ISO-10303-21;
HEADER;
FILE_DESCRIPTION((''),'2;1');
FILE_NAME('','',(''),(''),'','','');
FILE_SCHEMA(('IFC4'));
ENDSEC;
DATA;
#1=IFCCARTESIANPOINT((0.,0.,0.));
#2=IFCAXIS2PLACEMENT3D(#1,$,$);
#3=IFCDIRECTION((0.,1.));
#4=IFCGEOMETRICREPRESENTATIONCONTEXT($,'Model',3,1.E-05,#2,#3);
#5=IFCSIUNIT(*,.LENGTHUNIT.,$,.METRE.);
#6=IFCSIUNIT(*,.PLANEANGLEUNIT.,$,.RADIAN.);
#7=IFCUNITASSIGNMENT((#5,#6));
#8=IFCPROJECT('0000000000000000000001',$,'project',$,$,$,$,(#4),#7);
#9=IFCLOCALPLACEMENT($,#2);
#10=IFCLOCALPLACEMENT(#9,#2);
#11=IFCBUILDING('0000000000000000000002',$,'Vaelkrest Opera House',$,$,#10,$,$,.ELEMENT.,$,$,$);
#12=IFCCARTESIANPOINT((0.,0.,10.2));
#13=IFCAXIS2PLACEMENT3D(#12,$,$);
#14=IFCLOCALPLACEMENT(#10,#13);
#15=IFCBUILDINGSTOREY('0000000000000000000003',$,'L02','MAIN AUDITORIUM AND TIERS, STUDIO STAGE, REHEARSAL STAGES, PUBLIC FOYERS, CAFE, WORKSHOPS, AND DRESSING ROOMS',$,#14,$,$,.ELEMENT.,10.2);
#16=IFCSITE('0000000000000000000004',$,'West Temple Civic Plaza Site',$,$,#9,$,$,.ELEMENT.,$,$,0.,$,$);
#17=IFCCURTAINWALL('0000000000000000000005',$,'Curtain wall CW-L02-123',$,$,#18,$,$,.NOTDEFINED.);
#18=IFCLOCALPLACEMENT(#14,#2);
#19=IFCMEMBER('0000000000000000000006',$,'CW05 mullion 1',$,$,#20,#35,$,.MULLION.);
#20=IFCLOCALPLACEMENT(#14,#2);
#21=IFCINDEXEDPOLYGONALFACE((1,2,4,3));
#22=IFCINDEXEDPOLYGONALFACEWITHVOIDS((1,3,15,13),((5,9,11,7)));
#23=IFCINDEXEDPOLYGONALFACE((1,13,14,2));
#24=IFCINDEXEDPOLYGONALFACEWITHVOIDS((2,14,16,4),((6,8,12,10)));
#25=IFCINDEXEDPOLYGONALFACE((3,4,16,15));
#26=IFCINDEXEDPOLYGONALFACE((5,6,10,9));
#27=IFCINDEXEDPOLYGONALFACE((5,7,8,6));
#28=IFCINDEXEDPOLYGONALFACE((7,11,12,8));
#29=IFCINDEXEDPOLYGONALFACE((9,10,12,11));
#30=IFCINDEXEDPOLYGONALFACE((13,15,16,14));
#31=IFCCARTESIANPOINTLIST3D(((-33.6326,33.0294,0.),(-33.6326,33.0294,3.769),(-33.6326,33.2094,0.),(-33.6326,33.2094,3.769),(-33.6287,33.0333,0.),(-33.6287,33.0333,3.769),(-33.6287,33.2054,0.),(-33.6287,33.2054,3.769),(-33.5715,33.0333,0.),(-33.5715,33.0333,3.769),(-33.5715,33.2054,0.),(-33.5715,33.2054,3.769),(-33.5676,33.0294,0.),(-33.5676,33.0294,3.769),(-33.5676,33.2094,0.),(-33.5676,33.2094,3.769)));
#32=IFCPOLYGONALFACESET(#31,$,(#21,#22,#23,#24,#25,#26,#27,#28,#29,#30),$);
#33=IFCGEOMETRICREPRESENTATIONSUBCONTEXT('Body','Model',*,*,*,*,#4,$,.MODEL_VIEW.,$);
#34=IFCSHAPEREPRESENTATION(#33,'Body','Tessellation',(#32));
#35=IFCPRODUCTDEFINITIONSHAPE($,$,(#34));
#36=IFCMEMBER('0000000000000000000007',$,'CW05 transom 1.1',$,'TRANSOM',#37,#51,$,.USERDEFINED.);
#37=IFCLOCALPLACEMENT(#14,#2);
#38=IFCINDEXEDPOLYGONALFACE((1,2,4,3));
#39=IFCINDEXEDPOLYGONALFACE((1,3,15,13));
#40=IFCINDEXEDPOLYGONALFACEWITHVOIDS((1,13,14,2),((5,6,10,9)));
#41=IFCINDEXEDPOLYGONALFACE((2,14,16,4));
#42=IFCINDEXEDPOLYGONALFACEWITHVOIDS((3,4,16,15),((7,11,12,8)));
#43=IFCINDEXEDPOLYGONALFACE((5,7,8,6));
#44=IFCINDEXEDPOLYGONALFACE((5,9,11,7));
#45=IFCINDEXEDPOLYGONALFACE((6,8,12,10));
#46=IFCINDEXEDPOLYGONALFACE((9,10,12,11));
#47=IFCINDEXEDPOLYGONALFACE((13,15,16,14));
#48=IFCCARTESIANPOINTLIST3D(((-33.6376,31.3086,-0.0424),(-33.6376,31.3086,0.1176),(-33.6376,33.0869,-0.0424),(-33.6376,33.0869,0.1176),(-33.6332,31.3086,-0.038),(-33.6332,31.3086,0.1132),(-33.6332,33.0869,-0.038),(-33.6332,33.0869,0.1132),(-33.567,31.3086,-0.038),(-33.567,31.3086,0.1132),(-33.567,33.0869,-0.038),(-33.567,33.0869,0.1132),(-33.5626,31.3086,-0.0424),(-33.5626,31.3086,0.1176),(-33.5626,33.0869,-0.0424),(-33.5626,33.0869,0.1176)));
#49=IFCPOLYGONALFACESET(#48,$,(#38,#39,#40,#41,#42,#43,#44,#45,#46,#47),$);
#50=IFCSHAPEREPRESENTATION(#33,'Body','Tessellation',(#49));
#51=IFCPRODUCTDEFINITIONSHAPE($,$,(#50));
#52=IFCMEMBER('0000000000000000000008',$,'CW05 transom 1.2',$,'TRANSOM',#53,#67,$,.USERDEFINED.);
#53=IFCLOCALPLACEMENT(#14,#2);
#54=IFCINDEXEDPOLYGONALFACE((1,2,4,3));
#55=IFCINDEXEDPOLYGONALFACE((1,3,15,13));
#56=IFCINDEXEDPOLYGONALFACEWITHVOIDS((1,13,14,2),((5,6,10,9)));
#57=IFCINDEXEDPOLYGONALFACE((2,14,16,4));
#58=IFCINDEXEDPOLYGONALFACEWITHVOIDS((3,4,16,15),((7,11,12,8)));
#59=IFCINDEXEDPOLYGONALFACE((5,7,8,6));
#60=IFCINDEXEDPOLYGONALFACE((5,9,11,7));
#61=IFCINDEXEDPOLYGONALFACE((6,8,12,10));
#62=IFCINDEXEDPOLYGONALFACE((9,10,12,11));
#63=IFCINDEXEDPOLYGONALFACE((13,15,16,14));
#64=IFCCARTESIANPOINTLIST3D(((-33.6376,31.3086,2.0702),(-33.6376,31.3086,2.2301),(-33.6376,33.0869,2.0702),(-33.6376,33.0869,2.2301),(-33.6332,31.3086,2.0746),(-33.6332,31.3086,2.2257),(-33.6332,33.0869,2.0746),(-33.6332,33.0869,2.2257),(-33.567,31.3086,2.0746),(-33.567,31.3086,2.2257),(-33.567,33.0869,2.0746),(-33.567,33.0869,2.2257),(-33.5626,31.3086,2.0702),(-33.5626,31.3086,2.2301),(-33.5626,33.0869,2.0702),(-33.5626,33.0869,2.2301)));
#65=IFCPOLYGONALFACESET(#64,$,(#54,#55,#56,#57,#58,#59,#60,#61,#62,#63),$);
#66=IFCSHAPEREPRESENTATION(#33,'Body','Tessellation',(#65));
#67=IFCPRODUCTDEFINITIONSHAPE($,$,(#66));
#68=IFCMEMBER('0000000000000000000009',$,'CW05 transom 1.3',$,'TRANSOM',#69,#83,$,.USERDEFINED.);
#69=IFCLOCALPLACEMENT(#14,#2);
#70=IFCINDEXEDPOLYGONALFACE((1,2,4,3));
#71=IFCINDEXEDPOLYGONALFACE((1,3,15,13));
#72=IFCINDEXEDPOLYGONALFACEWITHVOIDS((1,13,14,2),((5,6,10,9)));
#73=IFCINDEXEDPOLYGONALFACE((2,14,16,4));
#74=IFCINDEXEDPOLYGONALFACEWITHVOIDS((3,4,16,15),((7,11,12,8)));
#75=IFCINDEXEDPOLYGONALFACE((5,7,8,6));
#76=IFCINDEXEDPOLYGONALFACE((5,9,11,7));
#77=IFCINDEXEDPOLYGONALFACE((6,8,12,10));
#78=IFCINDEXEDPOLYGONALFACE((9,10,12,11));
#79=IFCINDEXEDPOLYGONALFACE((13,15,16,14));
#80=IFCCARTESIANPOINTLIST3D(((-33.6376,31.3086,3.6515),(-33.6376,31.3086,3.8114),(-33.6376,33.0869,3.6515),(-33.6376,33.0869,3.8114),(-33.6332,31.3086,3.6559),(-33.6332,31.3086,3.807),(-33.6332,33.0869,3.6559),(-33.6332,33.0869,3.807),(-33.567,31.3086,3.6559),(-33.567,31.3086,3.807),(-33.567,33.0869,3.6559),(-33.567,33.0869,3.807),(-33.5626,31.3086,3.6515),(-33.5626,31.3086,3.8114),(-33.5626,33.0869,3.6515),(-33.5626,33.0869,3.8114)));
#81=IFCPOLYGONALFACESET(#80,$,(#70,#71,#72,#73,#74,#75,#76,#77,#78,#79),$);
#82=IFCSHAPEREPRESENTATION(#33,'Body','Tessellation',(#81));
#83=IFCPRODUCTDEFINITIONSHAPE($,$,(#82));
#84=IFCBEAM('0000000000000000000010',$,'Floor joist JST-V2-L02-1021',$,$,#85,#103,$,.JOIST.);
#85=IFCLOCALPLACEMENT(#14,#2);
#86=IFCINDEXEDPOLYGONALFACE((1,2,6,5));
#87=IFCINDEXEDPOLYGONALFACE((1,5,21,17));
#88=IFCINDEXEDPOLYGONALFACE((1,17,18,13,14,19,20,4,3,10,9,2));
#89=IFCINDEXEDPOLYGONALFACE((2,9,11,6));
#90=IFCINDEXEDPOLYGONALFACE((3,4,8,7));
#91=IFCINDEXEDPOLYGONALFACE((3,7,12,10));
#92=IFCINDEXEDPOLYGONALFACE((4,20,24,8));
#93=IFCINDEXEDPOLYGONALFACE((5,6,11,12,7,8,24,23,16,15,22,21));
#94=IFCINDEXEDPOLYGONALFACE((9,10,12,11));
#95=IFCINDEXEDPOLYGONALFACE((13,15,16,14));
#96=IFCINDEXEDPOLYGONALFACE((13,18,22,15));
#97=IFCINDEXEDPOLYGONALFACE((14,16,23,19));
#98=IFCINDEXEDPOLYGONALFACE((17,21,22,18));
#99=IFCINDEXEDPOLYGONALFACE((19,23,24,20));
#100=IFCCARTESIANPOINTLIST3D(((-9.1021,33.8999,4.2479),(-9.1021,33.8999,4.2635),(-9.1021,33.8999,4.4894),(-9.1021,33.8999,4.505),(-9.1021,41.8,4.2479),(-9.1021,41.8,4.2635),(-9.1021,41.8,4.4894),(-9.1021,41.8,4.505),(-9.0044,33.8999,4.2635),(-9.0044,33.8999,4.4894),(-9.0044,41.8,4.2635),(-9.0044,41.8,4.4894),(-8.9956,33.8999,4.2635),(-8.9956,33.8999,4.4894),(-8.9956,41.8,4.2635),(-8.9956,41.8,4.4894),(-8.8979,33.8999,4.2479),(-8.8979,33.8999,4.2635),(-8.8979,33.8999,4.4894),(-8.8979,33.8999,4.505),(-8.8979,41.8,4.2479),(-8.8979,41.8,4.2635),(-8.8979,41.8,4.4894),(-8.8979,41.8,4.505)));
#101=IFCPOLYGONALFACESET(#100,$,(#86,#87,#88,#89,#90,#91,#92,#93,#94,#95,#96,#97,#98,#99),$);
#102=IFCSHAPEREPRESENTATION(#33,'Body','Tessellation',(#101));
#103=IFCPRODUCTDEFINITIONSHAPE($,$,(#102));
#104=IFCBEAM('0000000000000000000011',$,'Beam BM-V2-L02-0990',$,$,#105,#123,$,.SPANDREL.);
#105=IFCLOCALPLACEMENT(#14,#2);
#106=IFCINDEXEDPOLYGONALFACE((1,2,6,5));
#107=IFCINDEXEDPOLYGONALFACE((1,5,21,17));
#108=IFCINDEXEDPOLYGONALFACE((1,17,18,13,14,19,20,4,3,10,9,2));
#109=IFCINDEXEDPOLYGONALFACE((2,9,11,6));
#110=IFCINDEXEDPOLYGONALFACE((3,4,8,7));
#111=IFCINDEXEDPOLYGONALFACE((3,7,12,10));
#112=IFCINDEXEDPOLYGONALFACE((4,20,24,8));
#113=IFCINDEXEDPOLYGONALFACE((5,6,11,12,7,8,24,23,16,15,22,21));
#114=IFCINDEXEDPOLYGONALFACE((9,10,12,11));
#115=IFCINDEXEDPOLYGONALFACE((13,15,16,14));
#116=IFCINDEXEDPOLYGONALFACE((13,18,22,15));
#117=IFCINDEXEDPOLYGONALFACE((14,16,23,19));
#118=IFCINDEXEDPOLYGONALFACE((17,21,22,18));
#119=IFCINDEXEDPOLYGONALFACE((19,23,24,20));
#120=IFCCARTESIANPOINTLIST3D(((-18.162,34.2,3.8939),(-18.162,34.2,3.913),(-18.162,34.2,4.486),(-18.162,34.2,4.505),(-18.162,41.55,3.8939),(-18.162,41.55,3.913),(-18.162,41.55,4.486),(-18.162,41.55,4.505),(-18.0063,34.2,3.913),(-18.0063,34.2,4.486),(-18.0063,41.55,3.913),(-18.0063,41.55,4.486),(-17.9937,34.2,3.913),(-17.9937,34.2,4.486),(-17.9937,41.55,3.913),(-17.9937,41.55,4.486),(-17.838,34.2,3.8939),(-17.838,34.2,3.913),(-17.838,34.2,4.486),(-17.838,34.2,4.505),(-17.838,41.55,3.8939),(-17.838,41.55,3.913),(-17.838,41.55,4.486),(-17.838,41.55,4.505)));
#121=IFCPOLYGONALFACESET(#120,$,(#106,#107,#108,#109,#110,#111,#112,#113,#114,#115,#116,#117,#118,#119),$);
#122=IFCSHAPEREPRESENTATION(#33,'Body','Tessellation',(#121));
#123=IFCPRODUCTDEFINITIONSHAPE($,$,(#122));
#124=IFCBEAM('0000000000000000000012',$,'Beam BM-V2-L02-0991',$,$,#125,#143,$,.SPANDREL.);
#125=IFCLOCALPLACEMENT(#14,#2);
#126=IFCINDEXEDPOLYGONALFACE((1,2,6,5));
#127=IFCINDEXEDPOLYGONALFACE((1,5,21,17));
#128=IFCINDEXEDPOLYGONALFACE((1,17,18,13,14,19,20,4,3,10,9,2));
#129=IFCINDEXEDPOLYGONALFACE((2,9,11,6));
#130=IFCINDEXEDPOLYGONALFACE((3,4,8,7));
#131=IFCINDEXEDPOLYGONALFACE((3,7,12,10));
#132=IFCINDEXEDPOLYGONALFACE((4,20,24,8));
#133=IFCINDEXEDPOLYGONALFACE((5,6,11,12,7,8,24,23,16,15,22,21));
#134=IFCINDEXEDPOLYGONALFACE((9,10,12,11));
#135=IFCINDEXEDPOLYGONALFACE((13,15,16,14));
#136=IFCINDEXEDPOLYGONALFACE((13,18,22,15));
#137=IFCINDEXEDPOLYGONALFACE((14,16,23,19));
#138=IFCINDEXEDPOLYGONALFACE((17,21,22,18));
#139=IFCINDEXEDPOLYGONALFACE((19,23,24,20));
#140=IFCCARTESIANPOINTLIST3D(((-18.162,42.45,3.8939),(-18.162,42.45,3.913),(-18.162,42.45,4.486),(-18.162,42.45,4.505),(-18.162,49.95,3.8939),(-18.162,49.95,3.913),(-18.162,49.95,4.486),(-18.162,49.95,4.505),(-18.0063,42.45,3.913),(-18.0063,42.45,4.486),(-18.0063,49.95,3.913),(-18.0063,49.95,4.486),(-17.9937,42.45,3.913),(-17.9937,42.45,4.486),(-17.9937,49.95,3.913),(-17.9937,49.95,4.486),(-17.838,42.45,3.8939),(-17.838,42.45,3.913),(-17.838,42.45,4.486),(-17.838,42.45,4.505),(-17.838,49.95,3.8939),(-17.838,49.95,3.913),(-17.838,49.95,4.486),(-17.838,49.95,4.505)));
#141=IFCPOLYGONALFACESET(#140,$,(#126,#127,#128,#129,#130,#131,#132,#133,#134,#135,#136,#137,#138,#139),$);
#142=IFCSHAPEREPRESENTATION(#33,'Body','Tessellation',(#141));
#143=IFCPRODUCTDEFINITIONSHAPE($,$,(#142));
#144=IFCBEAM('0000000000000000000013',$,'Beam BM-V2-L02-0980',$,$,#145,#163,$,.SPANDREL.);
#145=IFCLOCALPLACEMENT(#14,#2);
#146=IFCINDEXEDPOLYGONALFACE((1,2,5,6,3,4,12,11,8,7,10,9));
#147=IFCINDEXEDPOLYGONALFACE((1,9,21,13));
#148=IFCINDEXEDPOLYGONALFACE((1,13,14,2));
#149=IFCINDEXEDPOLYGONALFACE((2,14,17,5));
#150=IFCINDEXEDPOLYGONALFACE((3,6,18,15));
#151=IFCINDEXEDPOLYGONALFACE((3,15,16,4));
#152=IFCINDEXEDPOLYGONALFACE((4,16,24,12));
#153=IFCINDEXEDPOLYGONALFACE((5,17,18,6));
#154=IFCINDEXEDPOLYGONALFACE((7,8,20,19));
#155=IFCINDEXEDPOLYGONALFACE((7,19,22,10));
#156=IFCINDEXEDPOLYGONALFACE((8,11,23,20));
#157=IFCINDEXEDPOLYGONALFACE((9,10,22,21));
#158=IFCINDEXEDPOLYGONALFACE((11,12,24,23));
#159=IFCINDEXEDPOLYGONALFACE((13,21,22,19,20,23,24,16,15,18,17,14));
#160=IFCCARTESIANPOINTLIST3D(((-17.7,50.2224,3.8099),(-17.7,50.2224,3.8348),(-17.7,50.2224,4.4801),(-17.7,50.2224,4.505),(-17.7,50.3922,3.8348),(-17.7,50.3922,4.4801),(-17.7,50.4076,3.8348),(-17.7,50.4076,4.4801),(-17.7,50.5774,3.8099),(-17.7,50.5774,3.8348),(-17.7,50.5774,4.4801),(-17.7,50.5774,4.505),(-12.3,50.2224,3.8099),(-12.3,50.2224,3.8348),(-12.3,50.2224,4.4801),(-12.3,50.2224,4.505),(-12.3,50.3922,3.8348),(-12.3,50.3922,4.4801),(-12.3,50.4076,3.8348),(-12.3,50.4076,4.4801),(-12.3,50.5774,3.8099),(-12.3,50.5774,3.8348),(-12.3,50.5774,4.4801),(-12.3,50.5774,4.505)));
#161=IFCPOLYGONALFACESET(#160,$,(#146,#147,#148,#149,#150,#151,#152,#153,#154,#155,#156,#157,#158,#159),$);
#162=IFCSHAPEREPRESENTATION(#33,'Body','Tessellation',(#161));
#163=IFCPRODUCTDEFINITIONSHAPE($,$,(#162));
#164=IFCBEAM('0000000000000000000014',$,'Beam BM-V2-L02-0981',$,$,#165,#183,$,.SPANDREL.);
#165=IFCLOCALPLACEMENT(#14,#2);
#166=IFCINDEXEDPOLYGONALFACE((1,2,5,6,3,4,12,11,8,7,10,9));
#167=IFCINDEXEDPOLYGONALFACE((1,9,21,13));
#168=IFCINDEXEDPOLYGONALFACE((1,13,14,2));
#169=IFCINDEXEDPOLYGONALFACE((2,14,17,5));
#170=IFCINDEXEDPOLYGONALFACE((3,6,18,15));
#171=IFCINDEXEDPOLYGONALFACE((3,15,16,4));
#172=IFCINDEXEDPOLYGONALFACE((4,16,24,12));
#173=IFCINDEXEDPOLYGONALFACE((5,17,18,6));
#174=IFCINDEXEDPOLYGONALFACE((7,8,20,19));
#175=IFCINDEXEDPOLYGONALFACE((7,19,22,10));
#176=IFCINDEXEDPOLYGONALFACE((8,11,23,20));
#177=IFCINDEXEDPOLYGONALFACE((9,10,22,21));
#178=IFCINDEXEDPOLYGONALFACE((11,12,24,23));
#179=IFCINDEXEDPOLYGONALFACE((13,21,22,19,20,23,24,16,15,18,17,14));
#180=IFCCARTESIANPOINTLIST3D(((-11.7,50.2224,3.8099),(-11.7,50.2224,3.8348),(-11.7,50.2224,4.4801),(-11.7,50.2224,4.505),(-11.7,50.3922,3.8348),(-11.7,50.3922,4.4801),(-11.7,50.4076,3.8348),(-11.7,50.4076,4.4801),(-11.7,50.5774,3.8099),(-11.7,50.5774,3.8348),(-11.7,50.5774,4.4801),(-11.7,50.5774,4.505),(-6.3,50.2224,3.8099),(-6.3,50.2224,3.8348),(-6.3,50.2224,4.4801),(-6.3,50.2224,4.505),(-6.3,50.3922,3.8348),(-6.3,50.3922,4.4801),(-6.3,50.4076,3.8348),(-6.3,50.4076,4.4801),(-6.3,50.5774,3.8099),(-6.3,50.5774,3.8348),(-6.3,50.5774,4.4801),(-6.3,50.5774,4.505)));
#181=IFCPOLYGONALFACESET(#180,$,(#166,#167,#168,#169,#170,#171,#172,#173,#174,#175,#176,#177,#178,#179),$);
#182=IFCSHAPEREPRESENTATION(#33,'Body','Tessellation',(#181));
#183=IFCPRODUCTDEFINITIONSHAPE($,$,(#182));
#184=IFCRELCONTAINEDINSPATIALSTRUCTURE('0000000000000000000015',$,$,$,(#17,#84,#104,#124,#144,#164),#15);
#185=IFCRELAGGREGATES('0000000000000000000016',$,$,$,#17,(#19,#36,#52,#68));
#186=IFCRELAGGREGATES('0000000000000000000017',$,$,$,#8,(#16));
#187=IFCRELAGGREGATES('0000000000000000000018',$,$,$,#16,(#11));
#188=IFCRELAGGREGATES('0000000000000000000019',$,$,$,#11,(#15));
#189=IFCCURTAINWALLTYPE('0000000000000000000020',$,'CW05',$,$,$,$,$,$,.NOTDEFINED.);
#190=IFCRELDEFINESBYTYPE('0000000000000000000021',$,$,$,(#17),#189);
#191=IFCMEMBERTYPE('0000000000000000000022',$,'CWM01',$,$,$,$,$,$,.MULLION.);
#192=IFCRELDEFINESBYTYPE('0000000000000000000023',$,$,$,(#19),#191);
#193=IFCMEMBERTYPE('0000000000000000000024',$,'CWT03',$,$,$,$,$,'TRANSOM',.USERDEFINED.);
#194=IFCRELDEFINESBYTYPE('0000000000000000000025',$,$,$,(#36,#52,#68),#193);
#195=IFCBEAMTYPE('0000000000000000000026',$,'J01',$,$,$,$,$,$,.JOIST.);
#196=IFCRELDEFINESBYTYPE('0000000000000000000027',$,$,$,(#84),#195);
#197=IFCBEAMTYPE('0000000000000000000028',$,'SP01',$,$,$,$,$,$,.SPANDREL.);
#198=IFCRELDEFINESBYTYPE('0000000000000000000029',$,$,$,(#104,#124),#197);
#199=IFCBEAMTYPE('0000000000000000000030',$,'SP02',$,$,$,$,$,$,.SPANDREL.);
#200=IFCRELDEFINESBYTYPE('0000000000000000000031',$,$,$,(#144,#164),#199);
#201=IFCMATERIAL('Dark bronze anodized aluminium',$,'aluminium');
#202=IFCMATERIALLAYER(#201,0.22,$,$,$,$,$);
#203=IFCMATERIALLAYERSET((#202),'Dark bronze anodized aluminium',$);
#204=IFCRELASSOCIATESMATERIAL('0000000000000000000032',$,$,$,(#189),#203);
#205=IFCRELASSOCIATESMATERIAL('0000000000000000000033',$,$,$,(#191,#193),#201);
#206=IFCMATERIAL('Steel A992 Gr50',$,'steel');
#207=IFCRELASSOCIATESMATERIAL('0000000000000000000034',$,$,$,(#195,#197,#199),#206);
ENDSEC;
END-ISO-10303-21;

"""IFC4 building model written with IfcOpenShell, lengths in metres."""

from ifc_helpers import new_model, si_unit, direction, frame, origin, origin_2d, place, context, subcontext, project, spatial, hollow_rectangle, i_section, extrude, material, layer, layer_set, material_profile, profile_set, type_object, element, aggregate, save


model = new_model("IFC4")

# Units and contexts
model_context = context("Model", 3, precision=1e-05, world=origin(), true_north=direction((0.0, 1.0)))
body_context = subcontext(model_context, "Body", "Model", "MODEL_VIEW")
ifc_project = project(units=[si_unit("LENGTHUNIT", "METRE"), si_unit("PLANEANGLEUNIT", "RADIAN")], contexts=[model_context])

# Site, building, storey
site_placement = place(None, origin())
site = spatial("IfcSite", under=ifc_project, at=site_placement, Name="West Temple Civic Plaza Site", CompositionType="ELEMENT", RefElevation=0.0)
building_placement = place(site_placement, origin())
building = spatial("IfcBuilding", under=site, at=building_placement, Name="Vaelkrest Opera House", CompositionType="ELEMENT")
storey_placement = place(building_placement, frame((0.0, 0.0, 10.2)))
storey = spatial("IfcBuildingStorey", under=building, at=storey_placement, Name="L02", Description="MAIN AUDITORIUM AND TIERS, STUDIO STAGE, REHEARSAL STAGES, PUBLIC FOYERS, CAFE, WORKSHOPS, AND DRESSING ROOMS", CompositionType="ELEMENT", Elevation=10.2)

# Shared definitions
ifc_material_1 = material(Name="Steel A992 Gr50", Category="steel")

# Curtain wall, members
ifc_material_2 = material(Name="Dark bronze anodized aluminium", Category="aluminium")
ifc_layer_1 = layer(ifc_material_2, 0.22)
ifc_layer_set_1 = layer_set([ifc_layer_1], Name="Dark bronze anodized aluminium")
curtain_wall_type = type_object("IfcCurtainWallType", Name="CW05", PredefinedType="NOTDEFINED", material=ifc_layer_set_1)
curtain_wall_placement = place(storey_placement, origin())
curtain_wall = element("IfcCurtainWall", 1, at=curtain_wall_placement, inside=storey, type_object=curtain_wall_type, Name="Curtain wall CW-L02-123", PredefinedType="NOTDEFINED")
ifc_material_profile_1 = material_profile(ifc_material_2, hollow_rectangle(XDim=0.0649, YDim=0.1799, WallThickness=0.0039, at=origin_2d()), Name="CWM65X180")
ifc_profile_set_1 = profile_set([ifc_material_profile_1], Name="Dark bronze anodized aluminium")
member_type_1 = type_object("IfcMemberType", Name="CWM01", PredefinedType="MULLION", material=ifc_profile_set_1)
member_1_placement = place(storey_placement, frame((-33.6001, 33.1194, 0.0), z_axis=(0.0, 0.0, 1.0), x_axis=(1.0, 0.0, 0.0)))
member_1 = element("IfcMember", 2, at=member_1_placement, type_object=member_type_1, Name="CW05 mullion 1", PredefinedType="MULLION", context=body_context, shape_type="SweptSolid", body=[
    extrude(hollow_rectangle(XDim=0.0649, YDim=0.1799, WallThickness=0.0039, at=origin_2d()), origin(), (0.0, 0.0, 1.0), 3.769),
])
ifc_material_profile_2 = material_profile(ifc_material_2, hollow_rectangle(XDim=0.075, YDim=0.1599, WallThickness=0.0044, at=origin_2d()), Name="CWT75X160")
ifc_profile_set_2 = profile_set([ifc_material_profile_2], Name="Dark bronze anodized aluminium")
member_type_2 = type_object("IfcMemberType", Name="CWT03", ElementType="TRANSOM", PredefinedType="USERDEFINED", material=ifc_profile_set_2)
member_2_placement = place(storey_placement, frame((-33.6001, 33.0869, 0.0376), z_axis=(0.0, -1.0, 0.0), x_axis=(1.0, 0.0, 0.0)))
member_2 = element("IfcMember", 3, at=member_2_placement, type_object=member_type_2, Name="CW05 transom 1.1", ObjectType="TRANSOM", PredefinedType="USERDEFINED", context=body_context, shape_type="SweptSolid", body=[
    extrude(hollow_rectangle(XDim=0.075, YDim=0.1599, WallThickness=0.0044, at=origin_2d()), origin(), (0.0, 0.0, 1.0), 1.7783),
])
member_3_placement = place(storey_placement, frame((-33.6001, 33.0869, 2.1501), z_axis=(0.0, -1.0, 0.0), x_axis=(1.0, 0.0, 0.0)))
member_3 = element("IfcMember", 4, at=member_3_placement, type_object=member_type_2, Name="CW05 transom 1.2", ObjectType="TRANSOM", PredefinedType="USERDEFINED", context=body_context, shape_type="SweptSolid", body=[
    extrude(hollow_rectangle(XDim=0.075, YDim=0.1599, WallThickness=0.0044, at=origin_2d()), origin(), (0.0, 0.0, 1.0), 1.7783),
])
member_4_placement = place(storey_placement, frame((-33.6001, 33.0869, 3.7314), z_axis=(0.0, -1.0, 0.0), x_axis=(1.0, 0.0, 0.0)))
member_4 = element("IfcMember", 5, at=member_4_placement, type_object=member_type_2, Name="CW05 transom 1.3", ObjectType="TRANSOM", PredefinedType="USERDEFINED", context=body_context, shape_type="SweptSolid", body=[
    extrude(hollow_rectangle(XDim=0.075, YDim=0.1599, WallThickness=0.0044, at=origin_2d()), origin(), (0.0, 0.0, 1.0), 1.7783),
])
aggregate(curtain_wall, [member_1, member_2, member_3, member_4])

# Beams
ifc_material_profile_3 = material_profile(ifc_material_1, i_section(OverallWidth=0.2041, OverallDepth=0.2571, WebThickness=0.0088, FlangeThickness=0.0156, at=origin_2d()), Name="W10X45")
ifc_profile_set_3 = profile_set([ifc_material_profile_3], Name="Steel A992 Gr50")
beam_type_1 = type_object("IfcBeamType", Name="J01", PredefinedType="JOIST", material=ifc_profile_set_3)
beam_1_placement = place(storey_placement, frame((-9.0, 33.8999, 4.3765), z_axis=(0.0, 1.0, 0.0), x_axis=(-1.0, 0.0, 0.0)))
element("IfcBeam", 6, at=beam_1_placement, inside=storey, type_object=beam_type_1, Name="Floor joist JST-V2-L02-1021", PredefinedType="JOIST", context=body_context, shape_type="SweptSolid", body=[
    extrude(i_section(OverallWidth=0.2041, OverallDepth=0.2571, WebThickness=0.0088, FlangeThickness=0.0156, at=origin_2d()), origin(), (0.0, 0.0, 1.0), 7.9001),
])
ifc_material_profile_4 = material_profile(ifc_material_1, i_section(OverallWidth=0.324, OverallDepth=0.6111, WebThickness=0.0127, FlangeThickness=0.019, at=origin_2d()), Name="W24X104")
ifc_profile_set_4 = profile_set([ifc_material_profile_4], Name="Steel A992 Gr50")
beam_type_2 = type_object("IfcBeamType", Name="SP01", PredefinedType="SPANDREL", material=ifc_profile_set_4)
beam_2_placement = place(storey_placement, frame((-18.0, 34.2, 4.1995), z_axis=(0.0, 1.0, 0.0), x_axis=(-1.0, 0.0, 0.0)))
element("IfcBeam", 7, at=beam_2_placement, inside=storey, type_object=beam_type_2, Name="Beam BM-V2-L02-0990", PredefinedType="SPANDREL", context=body_context, shape_type="SweptSolid", body=[
    extrude(i_section(OverallWidth=0.324, OverallDepth=0.6111, WebThickness=0.0127, FlangeThickness=0.019, at=origin_2d()), origin(), (0.0, 0.0, 1.0), 7.3501),
])
beam_3_placement = place(storey_placement, frame((-18.0, 42.45, 4.1995), z_axis=(0.0, 1.0, 0.0), x_axis=(-1.0, 0.0, 0.0)))
element("IfcBeam", 8, at=beam_3_placement, inside=storey, type_object=beam_type_2, Name="Beam BM-V2-L02-0991", PredefinedType="SPANDREL", context=body_context, shape_type="SweptSolid", body=[
    extrude(i_section(OverallWidth=0.324, OverallDepth=0.6111, WebThickness=0.0127, FlangeThickness=0.019, at=origin_2d()), origin(), (0.0, 0.0, 1.0), 7.5),
])
ifc_material_profile_5 = material_profile(ifc_material_1, i_section(OverallWidth=0.355, OverallDepth=0.6951, WebThickness=0.0154, FlangeThickness=0.0249, at=origin_2d()), Name="W27X146")
ifc_profile_set_5 = profile_set([ifc_material_profile_5], Name="Steel A992 Gr50")
beam_type_3 = type_object("IfcBeamType", Name="SP02", PredefinedType="SPANDREL", material=ifc_profile_set_5)
for number, where, z_axis, x_axis, name in (
    (9, (-17.7, 50.3999, 4.1575), (1.0, 0.0, 0.0), (0.0, 1.0, 0.0), "Beam BM-V2-L02-0980"),
    (10, (-11.7, 50.3999, 4.1575), (1.0, 0.0, 0.0), (0.0, 1.0, 0.0), "Beam BM-V2-L02-0981"),
):
    element("IfcBeam", number, at=place(storey_placement, frame(where, z_axis=z_axis, x_axis=x_axis)), inside=storey, type_object=beam_type_3, Name=name, PredefinedType="SPANDREL", context=body_context, shape_type="SweptSolid", body=[
        extrude(i_section(OverallWidth=0.355, OverallDepth=0.6951, WebThickness=0.0154, FlangeThickness=0.0249, at=origin_2d()), origin(), (0.0, 0.0, 1.0), 5.3999),
    ])

save(model, "model.ifc")
